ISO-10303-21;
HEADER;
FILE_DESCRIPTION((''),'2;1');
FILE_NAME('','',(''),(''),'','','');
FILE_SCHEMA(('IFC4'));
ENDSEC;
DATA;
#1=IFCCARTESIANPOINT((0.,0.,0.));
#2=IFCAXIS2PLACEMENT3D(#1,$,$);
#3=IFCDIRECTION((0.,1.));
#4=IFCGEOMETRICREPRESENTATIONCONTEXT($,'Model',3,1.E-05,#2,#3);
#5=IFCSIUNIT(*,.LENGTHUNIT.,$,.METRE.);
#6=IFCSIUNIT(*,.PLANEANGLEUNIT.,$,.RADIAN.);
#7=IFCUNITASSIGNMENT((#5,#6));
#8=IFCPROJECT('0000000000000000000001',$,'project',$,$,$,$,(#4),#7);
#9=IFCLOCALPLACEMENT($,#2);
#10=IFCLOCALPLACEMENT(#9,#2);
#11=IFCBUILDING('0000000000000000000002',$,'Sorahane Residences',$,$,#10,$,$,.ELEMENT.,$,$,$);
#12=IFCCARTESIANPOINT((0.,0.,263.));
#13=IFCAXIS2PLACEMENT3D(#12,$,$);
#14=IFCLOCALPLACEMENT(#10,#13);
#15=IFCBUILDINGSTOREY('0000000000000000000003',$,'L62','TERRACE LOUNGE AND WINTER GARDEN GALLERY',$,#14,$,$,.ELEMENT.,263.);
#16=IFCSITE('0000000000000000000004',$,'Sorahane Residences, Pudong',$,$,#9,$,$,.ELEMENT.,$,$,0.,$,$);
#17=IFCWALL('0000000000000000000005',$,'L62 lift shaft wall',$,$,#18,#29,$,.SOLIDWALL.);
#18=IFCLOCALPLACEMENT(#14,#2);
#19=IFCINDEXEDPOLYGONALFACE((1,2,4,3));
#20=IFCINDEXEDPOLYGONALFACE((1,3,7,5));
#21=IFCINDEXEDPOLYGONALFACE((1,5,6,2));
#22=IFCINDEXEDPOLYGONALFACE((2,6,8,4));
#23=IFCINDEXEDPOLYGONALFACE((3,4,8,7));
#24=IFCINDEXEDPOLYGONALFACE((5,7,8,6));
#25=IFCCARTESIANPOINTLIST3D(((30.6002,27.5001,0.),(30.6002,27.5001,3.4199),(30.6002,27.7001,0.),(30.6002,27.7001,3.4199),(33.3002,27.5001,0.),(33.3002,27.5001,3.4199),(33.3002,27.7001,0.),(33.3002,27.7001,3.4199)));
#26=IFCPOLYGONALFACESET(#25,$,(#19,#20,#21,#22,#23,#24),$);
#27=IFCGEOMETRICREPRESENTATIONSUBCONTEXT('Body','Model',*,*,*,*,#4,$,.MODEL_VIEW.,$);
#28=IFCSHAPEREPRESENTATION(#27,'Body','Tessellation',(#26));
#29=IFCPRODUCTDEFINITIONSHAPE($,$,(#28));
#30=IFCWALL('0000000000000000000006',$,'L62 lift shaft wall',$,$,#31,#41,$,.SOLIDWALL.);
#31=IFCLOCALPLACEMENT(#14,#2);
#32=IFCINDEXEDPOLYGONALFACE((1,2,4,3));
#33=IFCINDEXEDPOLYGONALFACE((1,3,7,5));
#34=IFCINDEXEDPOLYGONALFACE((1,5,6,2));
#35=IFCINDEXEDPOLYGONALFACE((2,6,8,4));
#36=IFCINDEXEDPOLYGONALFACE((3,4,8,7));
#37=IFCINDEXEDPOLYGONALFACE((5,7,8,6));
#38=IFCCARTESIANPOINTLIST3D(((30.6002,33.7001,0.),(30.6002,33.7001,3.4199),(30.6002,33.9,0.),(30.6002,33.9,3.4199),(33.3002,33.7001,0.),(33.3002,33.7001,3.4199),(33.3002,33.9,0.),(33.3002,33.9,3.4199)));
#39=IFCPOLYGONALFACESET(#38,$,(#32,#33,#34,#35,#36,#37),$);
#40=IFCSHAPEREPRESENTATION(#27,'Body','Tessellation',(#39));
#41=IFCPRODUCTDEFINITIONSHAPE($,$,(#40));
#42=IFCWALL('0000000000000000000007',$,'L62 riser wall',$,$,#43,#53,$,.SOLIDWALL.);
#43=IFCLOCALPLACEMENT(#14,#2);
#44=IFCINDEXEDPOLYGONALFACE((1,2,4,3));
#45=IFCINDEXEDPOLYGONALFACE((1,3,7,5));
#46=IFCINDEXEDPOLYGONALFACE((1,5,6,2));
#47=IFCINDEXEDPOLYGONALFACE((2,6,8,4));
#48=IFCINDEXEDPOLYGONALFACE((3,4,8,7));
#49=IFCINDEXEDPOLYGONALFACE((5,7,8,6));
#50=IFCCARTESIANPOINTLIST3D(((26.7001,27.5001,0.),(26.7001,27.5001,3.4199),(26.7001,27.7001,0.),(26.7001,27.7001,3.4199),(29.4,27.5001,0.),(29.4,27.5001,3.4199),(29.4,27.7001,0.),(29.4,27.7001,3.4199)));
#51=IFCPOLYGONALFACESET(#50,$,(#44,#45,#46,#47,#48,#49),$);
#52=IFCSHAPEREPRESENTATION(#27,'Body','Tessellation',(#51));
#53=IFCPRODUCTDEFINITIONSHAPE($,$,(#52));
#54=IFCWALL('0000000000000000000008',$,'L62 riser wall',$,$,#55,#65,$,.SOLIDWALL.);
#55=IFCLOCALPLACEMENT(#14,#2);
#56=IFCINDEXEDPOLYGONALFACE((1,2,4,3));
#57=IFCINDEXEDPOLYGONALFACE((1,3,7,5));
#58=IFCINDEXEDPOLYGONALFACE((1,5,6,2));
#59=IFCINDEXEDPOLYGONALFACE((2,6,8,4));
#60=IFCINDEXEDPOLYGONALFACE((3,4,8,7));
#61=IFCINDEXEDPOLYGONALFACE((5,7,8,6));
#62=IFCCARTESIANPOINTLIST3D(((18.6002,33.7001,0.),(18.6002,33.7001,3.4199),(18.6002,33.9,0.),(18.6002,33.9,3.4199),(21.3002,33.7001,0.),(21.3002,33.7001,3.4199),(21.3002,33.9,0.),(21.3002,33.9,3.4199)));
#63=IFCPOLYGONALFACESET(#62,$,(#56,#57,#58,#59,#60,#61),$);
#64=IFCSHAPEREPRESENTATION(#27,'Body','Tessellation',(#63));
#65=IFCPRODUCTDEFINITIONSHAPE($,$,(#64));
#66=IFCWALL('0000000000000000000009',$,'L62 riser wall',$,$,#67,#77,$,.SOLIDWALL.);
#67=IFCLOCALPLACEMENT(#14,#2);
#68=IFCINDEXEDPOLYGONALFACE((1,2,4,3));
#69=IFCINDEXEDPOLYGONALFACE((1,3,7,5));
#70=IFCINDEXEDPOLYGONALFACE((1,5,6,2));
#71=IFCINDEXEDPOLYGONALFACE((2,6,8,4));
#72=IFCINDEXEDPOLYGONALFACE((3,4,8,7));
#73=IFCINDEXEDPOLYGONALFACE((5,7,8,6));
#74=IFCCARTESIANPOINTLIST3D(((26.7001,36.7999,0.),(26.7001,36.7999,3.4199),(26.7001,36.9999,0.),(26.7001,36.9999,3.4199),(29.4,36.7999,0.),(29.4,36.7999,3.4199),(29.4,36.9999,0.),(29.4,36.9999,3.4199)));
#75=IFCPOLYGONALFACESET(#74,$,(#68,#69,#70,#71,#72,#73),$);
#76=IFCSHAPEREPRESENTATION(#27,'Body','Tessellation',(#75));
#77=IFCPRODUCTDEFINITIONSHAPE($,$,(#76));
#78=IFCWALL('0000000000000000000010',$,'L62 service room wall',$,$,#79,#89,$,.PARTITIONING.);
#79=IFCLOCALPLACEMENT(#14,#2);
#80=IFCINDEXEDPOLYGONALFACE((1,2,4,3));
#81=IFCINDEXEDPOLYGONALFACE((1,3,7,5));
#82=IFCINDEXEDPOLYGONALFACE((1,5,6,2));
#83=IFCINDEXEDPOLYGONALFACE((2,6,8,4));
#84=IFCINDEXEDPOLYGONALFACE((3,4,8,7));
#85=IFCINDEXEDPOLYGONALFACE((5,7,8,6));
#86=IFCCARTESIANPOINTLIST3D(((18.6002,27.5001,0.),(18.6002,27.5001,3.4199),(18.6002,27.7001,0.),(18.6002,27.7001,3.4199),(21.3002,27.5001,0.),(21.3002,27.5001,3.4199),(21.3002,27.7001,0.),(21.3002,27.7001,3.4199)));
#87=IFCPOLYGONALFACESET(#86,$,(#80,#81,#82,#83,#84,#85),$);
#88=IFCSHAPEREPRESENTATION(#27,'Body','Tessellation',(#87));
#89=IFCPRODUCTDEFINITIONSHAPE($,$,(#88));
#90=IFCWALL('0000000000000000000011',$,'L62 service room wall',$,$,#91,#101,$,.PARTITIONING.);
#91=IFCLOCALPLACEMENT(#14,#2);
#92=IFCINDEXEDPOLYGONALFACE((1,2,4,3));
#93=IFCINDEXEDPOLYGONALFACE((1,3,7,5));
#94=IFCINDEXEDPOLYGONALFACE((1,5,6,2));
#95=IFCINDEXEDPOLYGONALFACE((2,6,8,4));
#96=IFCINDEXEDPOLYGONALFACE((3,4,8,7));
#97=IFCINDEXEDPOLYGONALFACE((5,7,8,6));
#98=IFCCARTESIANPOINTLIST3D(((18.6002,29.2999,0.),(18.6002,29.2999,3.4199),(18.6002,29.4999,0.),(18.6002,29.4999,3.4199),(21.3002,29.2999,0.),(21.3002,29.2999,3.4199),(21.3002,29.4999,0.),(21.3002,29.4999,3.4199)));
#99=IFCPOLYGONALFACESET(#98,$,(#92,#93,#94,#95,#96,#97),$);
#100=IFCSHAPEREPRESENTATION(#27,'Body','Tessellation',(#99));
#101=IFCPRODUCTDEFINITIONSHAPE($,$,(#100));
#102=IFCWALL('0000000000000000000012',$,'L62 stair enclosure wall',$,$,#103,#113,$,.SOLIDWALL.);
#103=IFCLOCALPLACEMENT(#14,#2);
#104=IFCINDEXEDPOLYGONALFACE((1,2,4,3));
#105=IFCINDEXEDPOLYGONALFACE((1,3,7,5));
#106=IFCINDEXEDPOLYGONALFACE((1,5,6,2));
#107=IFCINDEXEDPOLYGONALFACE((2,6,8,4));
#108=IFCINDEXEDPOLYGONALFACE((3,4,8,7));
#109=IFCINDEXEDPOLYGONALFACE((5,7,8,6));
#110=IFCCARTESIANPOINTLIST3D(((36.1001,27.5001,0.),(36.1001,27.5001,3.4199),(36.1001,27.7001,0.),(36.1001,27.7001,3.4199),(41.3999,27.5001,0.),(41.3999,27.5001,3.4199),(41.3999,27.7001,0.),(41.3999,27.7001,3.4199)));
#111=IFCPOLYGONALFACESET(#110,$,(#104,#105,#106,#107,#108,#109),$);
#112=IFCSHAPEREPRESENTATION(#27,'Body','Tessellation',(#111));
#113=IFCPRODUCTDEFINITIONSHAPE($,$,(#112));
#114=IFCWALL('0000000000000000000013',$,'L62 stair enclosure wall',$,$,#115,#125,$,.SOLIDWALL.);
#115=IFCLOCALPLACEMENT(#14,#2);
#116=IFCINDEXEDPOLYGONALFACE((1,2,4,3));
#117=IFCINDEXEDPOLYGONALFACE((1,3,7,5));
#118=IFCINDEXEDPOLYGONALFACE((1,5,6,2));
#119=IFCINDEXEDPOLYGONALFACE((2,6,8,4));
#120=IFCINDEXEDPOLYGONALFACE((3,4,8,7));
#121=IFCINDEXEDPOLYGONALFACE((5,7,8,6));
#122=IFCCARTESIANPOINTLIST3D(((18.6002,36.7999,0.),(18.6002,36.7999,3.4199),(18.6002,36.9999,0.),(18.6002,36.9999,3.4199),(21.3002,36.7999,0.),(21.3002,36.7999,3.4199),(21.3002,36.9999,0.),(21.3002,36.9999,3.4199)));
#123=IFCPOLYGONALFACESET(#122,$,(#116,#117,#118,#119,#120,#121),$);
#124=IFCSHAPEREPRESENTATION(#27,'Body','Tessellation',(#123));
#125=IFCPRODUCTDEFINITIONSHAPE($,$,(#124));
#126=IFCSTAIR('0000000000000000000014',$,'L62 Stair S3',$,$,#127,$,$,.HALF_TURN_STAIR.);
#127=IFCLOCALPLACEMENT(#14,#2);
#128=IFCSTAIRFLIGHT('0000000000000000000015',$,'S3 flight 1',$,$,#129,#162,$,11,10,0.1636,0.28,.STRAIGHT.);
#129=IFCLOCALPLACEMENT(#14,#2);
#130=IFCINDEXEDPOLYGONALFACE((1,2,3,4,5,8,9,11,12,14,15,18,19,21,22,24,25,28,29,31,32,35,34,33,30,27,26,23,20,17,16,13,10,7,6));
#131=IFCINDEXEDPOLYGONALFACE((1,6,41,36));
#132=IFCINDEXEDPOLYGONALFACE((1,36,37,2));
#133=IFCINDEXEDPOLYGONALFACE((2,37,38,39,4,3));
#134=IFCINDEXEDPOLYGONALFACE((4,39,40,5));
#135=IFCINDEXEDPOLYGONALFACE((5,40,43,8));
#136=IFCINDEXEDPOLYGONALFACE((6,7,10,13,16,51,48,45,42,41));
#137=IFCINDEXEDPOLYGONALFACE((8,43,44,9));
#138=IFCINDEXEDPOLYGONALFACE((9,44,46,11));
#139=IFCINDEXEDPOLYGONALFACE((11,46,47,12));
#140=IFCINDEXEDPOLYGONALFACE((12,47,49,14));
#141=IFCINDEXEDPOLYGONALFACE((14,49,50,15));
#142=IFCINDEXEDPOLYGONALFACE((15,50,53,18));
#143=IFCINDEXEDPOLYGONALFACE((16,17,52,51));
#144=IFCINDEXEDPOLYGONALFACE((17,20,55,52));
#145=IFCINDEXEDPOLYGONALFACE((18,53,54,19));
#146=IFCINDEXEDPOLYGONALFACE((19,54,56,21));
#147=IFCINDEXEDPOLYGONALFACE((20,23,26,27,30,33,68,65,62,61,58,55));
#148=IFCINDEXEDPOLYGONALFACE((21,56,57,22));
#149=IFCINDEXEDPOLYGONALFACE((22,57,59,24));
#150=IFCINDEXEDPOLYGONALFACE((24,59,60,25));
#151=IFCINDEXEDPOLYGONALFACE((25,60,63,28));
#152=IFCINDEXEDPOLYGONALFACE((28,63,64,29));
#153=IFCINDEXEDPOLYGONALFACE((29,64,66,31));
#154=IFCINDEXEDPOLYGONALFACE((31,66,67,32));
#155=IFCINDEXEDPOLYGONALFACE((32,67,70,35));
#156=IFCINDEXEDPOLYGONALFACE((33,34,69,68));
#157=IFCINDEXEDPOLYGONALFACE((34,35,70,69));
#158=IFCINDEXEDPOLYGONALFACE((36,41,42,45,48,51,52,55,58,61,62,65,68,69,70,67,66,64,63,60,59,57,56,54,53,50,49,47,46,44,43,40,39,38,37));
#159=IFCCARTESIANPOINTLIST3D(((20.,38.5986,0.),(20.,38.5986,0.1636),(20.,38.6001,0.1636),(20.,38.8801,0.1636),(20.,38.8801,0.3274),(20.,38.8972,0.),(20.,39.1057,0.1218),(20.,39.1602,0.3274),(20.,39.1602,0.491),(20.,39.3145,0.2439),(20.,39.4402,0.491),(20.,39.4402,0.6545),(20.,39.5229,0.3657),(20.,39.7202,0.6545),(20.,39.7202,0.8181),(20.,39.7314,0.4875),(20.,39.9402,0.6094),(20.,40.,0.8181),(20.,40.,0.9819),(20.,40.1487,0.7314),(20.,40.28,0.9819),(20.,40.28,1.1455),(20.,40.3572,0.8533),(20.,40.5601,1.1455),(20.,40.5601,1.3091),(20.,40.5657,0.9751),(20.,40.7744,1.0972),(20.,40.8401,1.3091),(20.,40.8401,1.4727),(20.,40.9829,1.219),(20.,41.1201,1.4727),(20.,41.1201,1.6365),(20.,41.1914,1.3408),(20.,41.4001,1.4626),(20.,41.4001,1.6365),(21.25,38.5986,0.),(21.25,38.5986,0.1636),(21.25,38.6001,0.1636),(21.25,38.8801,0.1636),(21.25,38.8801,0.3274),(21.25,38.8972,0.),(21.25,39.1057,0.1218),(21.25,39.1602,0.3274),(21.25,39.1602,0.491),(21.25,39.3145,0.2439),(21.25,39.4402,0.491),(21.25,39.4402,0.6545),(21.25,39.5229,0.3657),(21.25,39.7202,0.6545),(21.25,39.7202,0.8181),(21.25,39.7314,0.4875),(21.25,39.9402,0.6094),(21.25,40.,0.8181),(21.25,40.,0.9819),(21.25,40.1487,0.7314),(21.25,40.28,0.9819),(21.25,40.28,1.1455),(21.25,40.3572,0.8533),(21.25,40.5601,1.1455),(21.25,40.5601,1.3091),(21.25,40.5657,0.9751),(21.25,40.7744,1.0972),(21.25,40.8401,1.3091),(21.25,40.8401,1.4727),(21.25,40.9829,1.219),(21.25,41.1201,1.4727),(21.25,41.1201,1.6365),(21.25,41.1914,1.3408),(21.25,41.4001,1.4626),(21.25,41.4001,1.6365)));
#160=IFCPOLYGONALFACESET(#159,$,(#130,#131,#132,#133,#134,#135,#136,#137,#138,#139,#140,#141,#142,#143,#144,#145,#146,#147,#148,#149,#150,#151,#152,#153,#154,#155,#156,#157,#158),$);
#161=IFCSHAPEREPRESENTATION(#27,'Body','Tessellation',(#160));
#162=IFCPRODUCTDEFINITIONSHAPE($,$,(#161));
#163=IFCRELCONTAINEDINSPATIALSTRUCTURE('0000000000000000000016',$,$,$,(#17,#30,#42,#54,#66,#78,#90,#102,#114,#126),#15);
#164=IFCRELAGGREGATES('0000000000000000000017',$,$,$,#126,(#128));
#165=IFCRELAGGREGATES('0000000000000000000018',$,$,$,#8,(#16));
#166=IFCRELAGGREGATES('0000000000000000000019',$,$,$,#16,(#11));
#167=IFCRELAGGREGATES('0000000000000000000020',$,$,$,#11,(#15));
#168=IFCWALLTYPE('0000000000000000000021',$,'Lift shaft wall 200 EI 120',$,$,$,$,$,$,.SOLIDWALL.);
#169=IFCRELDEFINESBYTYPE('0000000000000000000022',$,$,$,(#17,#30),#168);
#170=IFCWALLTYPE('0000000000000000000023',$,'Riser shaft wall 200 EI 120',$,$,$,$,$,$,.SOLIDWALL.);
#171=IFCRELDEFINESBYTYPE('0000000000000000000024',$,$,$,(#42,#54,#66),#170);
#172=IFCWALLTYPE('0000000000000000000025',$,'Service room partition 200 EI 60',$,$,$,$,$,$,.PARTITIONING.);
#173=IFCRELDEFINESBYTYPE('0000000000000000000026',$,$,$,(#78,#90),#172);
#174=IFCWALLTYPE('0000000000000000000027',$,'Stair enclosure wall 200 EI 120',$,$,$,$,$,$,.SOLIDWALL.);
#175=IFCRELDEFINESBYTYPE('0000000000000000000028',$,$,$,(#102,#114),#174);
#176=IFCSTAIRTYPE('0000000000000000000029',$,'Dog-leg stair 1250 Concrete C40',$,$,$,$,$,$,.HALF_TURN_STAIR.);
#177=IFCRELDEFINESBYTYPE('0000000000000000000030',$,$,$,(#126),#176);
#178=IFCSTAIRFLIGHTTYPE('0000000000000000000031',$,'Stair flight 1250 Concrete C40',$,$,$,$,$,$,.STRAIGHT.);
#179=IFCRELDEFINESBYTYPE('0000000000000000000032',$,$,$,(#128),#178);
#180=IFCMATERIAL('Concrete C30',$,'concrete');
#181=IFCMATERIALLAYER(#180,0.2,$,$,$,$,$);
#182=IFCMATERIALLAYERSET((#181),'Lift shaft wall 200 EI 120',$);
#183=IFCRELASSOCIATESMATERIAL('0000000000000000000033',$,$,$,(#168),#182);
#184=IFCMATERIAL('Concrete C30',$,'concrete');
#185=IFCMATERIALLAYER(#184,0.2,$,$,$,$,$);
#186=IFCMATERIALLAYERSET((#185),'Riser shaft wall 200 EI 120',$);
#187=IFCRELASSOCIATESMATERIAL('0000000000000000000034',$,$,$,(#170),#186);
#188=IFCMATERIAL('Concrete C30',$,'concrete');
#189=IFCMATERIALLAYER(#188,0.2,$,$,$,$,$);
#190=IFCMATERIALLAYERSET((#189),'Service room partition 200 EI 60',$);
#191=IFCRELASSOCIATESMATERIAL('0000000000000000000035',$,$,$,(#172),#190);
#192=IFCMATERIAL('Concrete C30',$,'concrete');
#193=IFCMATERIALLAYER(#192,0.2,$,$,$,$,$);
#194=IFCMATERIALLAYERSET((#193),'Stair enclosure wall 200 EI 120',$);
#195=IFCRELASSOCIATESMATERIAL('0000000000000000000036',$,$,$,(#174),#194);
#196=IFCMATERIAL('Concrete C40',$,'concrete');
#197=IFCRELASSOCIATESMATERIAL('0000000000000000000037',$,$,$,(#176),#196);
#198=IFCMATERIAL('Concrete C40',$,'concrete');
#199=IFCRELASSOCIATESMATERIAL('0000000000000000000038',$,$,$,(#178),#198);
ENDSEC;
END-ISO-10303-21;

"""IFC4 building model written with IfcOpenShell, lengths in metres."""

from ifc_helpers import new_model, si_unit, direction, frame, frame_2d, origin, place, context, subcontext, project, spatial, polyline, rectangle, outline, extrude, material, layer, layer_set, type_object, element, aggregate, save


model = new_model("IFC4")

# Units and contexts
model_context = context("Model", 3, precision=1e-05, world=origin(), true_north=direction((0.0, 1.0)))
body_context = subcontext(model_context, "Body", "Model", "MODEL_VIEW")
ifc_project = project(units=[si_unit("LENGTHUNIT", "METRE"), si_unit("PLANEANGLEUNIT", "RADIAN")], contexts=[model_context])

# Site, building, storey
site_placement = place(None, origin())
site = spatial("IfcSite", under=ifc_project, at=site_placement, Name="Sorahane Residences, Pudong", CompositionType="ELEMENT", RefElevation=0.0)
building_placement = place(site_placement, origin())
building = spatial("IfcBuilding", under=site, at=building_placement, Name="Sorahane Residences", CompositionType="ELEMENT")
storey_placement = place(building_placement, frame((0.0, 0.0, 263.0)))
storey = spatial("IfcBuildingStorey", under=building, at=storey_placement, Name="L62", Description="TERRACE LOUNGE AND WINTER GARDEN GALLERY", CompositionType="ELEMENT", Elevation=263.0)

# Walls
ifc_material_1 = material(Name="Concrete C30", Category="concrete")
ifc_layer_1 = layer(ifc_material_1, 0.2)
ifc_layer_set_1 = layer_set([ifc_layer_1], Name="Lift shaft wall 200 EI 120")
wall_type_1 = type_object("IfcWallType", Name="Lift shaft wall 200 EI 120", PredefinedType="SOLIDWALL", material=ifc_layer_set_1)
for number, where, z_axis, x_axis, name in (
    (1, (30.6001, 27.6001, 0.0), (0.0, 0.0, 1.0), (1.0, 0.0, 0.0), "L62 lift shaft wall"),
    (2, (30.6001, 33.8, 0.0), (0.0, 0.0, 1.0), (1.0, 0.0, 0.0), "L62 lift shaft wall"),
):
    element("IfcWall", number, at=place(storey_placement, frame(where, z_axis=z_axis, x_axis=x_axis)), inside=storey, type_object=wall_type_1, Name=name, PredefinedType="SOLIDWALL", context=body_context, shape_type="SweptSolid", body=[
        extrude(rectangle(XDim=2.7, YDim=0.2, at=frame_2d((1.3501, 0.0))), origin(), (0.0, 0.0, 1.0), 3.4199),
    ])
ifc_material_2 = material(Name="Concrete C30", Category="concrete")
ifc_layer_2 = layer(ifc_material_2, 0.2)
ifc_layer_set_2 = layer_set([ifc_layer_2], Name="Riser shaft wall 200 EI 120")
wall_type_2 = type_object("IfcWallType", Name="Riser shaft wall 200 EI 120", PredefinedType="SOLIDWALL", material=ifc_layer_set_2)
for number, where, z_axis, x_axis, name in (
    (3, (26.7, 27.6001, 0.0), (0.0, 0.0, 1.0), (1.0, 0.0, 0.0), "L62 riser wall"),
    (4, (18.6001, 33.8, 0.0), (0.0, 0.0, 1.0), (1.0, 0.0, 0.0), "L62 riser wall"),
    (5, (26.7, 36.8999, 0.0), (0.0, 0.0, 1.0), (1.0, 0.0, 0.0), "L62 riser wall"),
):
    element("IfcWall", number, at=place(storey_placement, frame(where, z_axis=z_axis, x_axis=x_axis)), inside=storey, type_object=wall_type_2, Name=name, PredefinedType="SOLIDWALL", context=body_context, shape_type="SweptSolid", body=[
        extrude(rectangle(XDim=2.7, YDim=0.2, at=frame_2d((1.3501, 0.0))), origin(), (0.0, 0.0, 1.0), 3.4199),
    ])
ifc_material_3 = material(Name="Concrete C30", Category="concrete")
ifc_layer_3 = layer(ifc_material_3, 0.2)
ifc_layer_set_3 = layer_set([ifc_layer_3], Name="Service room partition 200 EI 60")
wall_type_3 = type_object("IfcWallType", Name="Service room partition 200 EI 60", PredefinedType="PARTITIONING", material=ifc_layer_set_3)
for number, where, z_axis, x_axis, name in (
    (6, (18.6001, 27.6001, 0.0), (0.0, 0.0, 1.0), (1.0, 0.0, 0.0), "L62 service room wall"),
    (7, (18.6001, 29.3999, 0.0), (0.0, 0.0, 1.0), (1.0, 0.0, 0.0), "L62 service room wall"),
):
    element("IfcWall", number, at=place(storey_placement, frame(where, z_axis=z_axis, x_axis=x_axis)), inside=storey, type_object=wall_type_3, Name=name, PredefinedType="PARTITIONING", context=body_context, shape_type="SweptSolid", body=[
        extrude(rectangle(XDim=2.7, YDim=0.2, at=frame_2d((1.3501, 0.0))), origin(), (0.0, 0.0, 1.0), 3.4199),
    ])
ifc_material_4 = material(Name="Concrete C30", Category="concrete")
ifc_layer_4 = layer(ifc_material_4, 0.2)
ifc_layer_set_4 = layer_set([ifc_layer_4], Name="Stair enclosure wall 200 EI 120")
wall_type_4 = type_object("IfcWallType", Name="Stair enclosure wall 200 EI 120", PredefinedType="SOLIDWALL", material=ifc_layer_set_4)
wall_1_placement = place(storey_placement, frame((36.1001, 27.6001, 0.0), z_axis=(0.0, 0.0, 1.0), x_axis=(1.0, 0.0, 0.0)))
element("IfcWall", 8, at=wall_1_placement, inside=storey, type_object=wall_type_4, Name="L62 stair enclosure wall", PredefinedType="SOLIDWALL", context=body_context, shape_type="SweptSolid", body=[
    extrude(rectangle(XDim=5.2998, YDim=0.2, at=frame_2d((2.6499, 0.0))), origin(), (0.0, 0.0, 1.0), 3.4199),
])
wall_2_placement = place(storey_placement, frame((18.6001, 36.8999, 0.0), z_axis=(0.0, 0.0, 1.0), x_axis=(1.0, 0.0, 0.0)))
element("IfcWall", 9, at=wall_2_placement, inside=storey, type_object=wall_type_4, Name="L62 stair enclosure wall", PredefinedType="SOLIDWALL", context=body_context, shape_type="SweptSolid", body=[
    extrude(rectangle(XDim=2.7, YDim=0.2, at=frame_2d((1.3501, 0.0))), origin(), (0.0, 0.0, 1.0), 3.4199),
])

# Stair, stair flight
ifc_material_5 = material(Name="Concrete C40", Category="concrete")
stair_type = type_object("IfcStairType", Name="Dog-leg stair 1250 Concrete C40", PredefinedType="HALF_TURN_STAIR", material=ifc_material_5)
stair_placement = place(storey_placement, origin())
stair = element("IfcStair", 10, at=stair_placement, inside=storey, type_object=stair_type, Name="L62 Stair S3", PredefinedType="HALF_TURN_STAIR")
ifc_material_6 = material(Name="Concrete C40", Category="concrete")
stair_flight_type = type_object("IfcStairFlightType", Name="Stair flight 1250 Concrete C40", PredefinedType="STRAIGHT", material=ifc_material_6)
stair_flight_placement = place(storey_placement, frame((20.625, 38.6001, 0.0), z_axis=(0.0, 0.0, 1.0), x_axis=(0.0, 1.0, 0.0)))
stair_flight = element("IfcStairFlight", 11, at=stair_flight_placement, type_object=stair_flight_type, Name="S3 flight 1", NumberOfRisers=11, NumberOfTreads=10, PredefinedType="STRAIGHT", RiserHeight=0.1636, TreadLength=0.28, context=body_context, shape_type="SweptSolid", body=[
    extrude(outline(polyline([(-0.0015, 0.0), (-0.0015, 0.1636), (0.0, 0.1636), (0.28, 0.1636), (0.28, 0.3274), (0.5601, 0.3274), (0.5601, 0.491), (0.8401, 0.491), (0.8401, 0.6545), (1.1201, 0.6545), (1.1201, 0.8181), (1.3999, 0.8181), (1.3999, 0.9819), (1.6799, 0.9819), (1.6799, 1.1455), (1.96, 1.1455), (1.96, 1.3091), (2.24, 1.3091), (2.24, 1.4727), (2.52, 1.4727), (2.52, 1.6365), (2.8, 1.6365), (2.8, 1.8), (2.8, 1.4626), (2.5913, 1.3408), (2.3828, 1.219), (2.1743, 1.0972), (1.9656, 0.9751), (1.7571, 0.8533), (1.5486, 0.7314), (1.3401, 0.6094), (1.1313, 0.4875), (0.9229, 0.3657), (0.7144, 0.2439), (0.5056, 0.1218), (0.2971, 0.0), (-0.0015, 0.0)])), frame((0.0, 0.625, 0.0), z_axis=(0.0, -1.0, 0.0), x_axis=(1.0, 0.0, 0.0)), (0.0, 0.0, 1.0), 1.25),
])
aggregate(stair, [stair_flight])

save(model, "model.ifc")
